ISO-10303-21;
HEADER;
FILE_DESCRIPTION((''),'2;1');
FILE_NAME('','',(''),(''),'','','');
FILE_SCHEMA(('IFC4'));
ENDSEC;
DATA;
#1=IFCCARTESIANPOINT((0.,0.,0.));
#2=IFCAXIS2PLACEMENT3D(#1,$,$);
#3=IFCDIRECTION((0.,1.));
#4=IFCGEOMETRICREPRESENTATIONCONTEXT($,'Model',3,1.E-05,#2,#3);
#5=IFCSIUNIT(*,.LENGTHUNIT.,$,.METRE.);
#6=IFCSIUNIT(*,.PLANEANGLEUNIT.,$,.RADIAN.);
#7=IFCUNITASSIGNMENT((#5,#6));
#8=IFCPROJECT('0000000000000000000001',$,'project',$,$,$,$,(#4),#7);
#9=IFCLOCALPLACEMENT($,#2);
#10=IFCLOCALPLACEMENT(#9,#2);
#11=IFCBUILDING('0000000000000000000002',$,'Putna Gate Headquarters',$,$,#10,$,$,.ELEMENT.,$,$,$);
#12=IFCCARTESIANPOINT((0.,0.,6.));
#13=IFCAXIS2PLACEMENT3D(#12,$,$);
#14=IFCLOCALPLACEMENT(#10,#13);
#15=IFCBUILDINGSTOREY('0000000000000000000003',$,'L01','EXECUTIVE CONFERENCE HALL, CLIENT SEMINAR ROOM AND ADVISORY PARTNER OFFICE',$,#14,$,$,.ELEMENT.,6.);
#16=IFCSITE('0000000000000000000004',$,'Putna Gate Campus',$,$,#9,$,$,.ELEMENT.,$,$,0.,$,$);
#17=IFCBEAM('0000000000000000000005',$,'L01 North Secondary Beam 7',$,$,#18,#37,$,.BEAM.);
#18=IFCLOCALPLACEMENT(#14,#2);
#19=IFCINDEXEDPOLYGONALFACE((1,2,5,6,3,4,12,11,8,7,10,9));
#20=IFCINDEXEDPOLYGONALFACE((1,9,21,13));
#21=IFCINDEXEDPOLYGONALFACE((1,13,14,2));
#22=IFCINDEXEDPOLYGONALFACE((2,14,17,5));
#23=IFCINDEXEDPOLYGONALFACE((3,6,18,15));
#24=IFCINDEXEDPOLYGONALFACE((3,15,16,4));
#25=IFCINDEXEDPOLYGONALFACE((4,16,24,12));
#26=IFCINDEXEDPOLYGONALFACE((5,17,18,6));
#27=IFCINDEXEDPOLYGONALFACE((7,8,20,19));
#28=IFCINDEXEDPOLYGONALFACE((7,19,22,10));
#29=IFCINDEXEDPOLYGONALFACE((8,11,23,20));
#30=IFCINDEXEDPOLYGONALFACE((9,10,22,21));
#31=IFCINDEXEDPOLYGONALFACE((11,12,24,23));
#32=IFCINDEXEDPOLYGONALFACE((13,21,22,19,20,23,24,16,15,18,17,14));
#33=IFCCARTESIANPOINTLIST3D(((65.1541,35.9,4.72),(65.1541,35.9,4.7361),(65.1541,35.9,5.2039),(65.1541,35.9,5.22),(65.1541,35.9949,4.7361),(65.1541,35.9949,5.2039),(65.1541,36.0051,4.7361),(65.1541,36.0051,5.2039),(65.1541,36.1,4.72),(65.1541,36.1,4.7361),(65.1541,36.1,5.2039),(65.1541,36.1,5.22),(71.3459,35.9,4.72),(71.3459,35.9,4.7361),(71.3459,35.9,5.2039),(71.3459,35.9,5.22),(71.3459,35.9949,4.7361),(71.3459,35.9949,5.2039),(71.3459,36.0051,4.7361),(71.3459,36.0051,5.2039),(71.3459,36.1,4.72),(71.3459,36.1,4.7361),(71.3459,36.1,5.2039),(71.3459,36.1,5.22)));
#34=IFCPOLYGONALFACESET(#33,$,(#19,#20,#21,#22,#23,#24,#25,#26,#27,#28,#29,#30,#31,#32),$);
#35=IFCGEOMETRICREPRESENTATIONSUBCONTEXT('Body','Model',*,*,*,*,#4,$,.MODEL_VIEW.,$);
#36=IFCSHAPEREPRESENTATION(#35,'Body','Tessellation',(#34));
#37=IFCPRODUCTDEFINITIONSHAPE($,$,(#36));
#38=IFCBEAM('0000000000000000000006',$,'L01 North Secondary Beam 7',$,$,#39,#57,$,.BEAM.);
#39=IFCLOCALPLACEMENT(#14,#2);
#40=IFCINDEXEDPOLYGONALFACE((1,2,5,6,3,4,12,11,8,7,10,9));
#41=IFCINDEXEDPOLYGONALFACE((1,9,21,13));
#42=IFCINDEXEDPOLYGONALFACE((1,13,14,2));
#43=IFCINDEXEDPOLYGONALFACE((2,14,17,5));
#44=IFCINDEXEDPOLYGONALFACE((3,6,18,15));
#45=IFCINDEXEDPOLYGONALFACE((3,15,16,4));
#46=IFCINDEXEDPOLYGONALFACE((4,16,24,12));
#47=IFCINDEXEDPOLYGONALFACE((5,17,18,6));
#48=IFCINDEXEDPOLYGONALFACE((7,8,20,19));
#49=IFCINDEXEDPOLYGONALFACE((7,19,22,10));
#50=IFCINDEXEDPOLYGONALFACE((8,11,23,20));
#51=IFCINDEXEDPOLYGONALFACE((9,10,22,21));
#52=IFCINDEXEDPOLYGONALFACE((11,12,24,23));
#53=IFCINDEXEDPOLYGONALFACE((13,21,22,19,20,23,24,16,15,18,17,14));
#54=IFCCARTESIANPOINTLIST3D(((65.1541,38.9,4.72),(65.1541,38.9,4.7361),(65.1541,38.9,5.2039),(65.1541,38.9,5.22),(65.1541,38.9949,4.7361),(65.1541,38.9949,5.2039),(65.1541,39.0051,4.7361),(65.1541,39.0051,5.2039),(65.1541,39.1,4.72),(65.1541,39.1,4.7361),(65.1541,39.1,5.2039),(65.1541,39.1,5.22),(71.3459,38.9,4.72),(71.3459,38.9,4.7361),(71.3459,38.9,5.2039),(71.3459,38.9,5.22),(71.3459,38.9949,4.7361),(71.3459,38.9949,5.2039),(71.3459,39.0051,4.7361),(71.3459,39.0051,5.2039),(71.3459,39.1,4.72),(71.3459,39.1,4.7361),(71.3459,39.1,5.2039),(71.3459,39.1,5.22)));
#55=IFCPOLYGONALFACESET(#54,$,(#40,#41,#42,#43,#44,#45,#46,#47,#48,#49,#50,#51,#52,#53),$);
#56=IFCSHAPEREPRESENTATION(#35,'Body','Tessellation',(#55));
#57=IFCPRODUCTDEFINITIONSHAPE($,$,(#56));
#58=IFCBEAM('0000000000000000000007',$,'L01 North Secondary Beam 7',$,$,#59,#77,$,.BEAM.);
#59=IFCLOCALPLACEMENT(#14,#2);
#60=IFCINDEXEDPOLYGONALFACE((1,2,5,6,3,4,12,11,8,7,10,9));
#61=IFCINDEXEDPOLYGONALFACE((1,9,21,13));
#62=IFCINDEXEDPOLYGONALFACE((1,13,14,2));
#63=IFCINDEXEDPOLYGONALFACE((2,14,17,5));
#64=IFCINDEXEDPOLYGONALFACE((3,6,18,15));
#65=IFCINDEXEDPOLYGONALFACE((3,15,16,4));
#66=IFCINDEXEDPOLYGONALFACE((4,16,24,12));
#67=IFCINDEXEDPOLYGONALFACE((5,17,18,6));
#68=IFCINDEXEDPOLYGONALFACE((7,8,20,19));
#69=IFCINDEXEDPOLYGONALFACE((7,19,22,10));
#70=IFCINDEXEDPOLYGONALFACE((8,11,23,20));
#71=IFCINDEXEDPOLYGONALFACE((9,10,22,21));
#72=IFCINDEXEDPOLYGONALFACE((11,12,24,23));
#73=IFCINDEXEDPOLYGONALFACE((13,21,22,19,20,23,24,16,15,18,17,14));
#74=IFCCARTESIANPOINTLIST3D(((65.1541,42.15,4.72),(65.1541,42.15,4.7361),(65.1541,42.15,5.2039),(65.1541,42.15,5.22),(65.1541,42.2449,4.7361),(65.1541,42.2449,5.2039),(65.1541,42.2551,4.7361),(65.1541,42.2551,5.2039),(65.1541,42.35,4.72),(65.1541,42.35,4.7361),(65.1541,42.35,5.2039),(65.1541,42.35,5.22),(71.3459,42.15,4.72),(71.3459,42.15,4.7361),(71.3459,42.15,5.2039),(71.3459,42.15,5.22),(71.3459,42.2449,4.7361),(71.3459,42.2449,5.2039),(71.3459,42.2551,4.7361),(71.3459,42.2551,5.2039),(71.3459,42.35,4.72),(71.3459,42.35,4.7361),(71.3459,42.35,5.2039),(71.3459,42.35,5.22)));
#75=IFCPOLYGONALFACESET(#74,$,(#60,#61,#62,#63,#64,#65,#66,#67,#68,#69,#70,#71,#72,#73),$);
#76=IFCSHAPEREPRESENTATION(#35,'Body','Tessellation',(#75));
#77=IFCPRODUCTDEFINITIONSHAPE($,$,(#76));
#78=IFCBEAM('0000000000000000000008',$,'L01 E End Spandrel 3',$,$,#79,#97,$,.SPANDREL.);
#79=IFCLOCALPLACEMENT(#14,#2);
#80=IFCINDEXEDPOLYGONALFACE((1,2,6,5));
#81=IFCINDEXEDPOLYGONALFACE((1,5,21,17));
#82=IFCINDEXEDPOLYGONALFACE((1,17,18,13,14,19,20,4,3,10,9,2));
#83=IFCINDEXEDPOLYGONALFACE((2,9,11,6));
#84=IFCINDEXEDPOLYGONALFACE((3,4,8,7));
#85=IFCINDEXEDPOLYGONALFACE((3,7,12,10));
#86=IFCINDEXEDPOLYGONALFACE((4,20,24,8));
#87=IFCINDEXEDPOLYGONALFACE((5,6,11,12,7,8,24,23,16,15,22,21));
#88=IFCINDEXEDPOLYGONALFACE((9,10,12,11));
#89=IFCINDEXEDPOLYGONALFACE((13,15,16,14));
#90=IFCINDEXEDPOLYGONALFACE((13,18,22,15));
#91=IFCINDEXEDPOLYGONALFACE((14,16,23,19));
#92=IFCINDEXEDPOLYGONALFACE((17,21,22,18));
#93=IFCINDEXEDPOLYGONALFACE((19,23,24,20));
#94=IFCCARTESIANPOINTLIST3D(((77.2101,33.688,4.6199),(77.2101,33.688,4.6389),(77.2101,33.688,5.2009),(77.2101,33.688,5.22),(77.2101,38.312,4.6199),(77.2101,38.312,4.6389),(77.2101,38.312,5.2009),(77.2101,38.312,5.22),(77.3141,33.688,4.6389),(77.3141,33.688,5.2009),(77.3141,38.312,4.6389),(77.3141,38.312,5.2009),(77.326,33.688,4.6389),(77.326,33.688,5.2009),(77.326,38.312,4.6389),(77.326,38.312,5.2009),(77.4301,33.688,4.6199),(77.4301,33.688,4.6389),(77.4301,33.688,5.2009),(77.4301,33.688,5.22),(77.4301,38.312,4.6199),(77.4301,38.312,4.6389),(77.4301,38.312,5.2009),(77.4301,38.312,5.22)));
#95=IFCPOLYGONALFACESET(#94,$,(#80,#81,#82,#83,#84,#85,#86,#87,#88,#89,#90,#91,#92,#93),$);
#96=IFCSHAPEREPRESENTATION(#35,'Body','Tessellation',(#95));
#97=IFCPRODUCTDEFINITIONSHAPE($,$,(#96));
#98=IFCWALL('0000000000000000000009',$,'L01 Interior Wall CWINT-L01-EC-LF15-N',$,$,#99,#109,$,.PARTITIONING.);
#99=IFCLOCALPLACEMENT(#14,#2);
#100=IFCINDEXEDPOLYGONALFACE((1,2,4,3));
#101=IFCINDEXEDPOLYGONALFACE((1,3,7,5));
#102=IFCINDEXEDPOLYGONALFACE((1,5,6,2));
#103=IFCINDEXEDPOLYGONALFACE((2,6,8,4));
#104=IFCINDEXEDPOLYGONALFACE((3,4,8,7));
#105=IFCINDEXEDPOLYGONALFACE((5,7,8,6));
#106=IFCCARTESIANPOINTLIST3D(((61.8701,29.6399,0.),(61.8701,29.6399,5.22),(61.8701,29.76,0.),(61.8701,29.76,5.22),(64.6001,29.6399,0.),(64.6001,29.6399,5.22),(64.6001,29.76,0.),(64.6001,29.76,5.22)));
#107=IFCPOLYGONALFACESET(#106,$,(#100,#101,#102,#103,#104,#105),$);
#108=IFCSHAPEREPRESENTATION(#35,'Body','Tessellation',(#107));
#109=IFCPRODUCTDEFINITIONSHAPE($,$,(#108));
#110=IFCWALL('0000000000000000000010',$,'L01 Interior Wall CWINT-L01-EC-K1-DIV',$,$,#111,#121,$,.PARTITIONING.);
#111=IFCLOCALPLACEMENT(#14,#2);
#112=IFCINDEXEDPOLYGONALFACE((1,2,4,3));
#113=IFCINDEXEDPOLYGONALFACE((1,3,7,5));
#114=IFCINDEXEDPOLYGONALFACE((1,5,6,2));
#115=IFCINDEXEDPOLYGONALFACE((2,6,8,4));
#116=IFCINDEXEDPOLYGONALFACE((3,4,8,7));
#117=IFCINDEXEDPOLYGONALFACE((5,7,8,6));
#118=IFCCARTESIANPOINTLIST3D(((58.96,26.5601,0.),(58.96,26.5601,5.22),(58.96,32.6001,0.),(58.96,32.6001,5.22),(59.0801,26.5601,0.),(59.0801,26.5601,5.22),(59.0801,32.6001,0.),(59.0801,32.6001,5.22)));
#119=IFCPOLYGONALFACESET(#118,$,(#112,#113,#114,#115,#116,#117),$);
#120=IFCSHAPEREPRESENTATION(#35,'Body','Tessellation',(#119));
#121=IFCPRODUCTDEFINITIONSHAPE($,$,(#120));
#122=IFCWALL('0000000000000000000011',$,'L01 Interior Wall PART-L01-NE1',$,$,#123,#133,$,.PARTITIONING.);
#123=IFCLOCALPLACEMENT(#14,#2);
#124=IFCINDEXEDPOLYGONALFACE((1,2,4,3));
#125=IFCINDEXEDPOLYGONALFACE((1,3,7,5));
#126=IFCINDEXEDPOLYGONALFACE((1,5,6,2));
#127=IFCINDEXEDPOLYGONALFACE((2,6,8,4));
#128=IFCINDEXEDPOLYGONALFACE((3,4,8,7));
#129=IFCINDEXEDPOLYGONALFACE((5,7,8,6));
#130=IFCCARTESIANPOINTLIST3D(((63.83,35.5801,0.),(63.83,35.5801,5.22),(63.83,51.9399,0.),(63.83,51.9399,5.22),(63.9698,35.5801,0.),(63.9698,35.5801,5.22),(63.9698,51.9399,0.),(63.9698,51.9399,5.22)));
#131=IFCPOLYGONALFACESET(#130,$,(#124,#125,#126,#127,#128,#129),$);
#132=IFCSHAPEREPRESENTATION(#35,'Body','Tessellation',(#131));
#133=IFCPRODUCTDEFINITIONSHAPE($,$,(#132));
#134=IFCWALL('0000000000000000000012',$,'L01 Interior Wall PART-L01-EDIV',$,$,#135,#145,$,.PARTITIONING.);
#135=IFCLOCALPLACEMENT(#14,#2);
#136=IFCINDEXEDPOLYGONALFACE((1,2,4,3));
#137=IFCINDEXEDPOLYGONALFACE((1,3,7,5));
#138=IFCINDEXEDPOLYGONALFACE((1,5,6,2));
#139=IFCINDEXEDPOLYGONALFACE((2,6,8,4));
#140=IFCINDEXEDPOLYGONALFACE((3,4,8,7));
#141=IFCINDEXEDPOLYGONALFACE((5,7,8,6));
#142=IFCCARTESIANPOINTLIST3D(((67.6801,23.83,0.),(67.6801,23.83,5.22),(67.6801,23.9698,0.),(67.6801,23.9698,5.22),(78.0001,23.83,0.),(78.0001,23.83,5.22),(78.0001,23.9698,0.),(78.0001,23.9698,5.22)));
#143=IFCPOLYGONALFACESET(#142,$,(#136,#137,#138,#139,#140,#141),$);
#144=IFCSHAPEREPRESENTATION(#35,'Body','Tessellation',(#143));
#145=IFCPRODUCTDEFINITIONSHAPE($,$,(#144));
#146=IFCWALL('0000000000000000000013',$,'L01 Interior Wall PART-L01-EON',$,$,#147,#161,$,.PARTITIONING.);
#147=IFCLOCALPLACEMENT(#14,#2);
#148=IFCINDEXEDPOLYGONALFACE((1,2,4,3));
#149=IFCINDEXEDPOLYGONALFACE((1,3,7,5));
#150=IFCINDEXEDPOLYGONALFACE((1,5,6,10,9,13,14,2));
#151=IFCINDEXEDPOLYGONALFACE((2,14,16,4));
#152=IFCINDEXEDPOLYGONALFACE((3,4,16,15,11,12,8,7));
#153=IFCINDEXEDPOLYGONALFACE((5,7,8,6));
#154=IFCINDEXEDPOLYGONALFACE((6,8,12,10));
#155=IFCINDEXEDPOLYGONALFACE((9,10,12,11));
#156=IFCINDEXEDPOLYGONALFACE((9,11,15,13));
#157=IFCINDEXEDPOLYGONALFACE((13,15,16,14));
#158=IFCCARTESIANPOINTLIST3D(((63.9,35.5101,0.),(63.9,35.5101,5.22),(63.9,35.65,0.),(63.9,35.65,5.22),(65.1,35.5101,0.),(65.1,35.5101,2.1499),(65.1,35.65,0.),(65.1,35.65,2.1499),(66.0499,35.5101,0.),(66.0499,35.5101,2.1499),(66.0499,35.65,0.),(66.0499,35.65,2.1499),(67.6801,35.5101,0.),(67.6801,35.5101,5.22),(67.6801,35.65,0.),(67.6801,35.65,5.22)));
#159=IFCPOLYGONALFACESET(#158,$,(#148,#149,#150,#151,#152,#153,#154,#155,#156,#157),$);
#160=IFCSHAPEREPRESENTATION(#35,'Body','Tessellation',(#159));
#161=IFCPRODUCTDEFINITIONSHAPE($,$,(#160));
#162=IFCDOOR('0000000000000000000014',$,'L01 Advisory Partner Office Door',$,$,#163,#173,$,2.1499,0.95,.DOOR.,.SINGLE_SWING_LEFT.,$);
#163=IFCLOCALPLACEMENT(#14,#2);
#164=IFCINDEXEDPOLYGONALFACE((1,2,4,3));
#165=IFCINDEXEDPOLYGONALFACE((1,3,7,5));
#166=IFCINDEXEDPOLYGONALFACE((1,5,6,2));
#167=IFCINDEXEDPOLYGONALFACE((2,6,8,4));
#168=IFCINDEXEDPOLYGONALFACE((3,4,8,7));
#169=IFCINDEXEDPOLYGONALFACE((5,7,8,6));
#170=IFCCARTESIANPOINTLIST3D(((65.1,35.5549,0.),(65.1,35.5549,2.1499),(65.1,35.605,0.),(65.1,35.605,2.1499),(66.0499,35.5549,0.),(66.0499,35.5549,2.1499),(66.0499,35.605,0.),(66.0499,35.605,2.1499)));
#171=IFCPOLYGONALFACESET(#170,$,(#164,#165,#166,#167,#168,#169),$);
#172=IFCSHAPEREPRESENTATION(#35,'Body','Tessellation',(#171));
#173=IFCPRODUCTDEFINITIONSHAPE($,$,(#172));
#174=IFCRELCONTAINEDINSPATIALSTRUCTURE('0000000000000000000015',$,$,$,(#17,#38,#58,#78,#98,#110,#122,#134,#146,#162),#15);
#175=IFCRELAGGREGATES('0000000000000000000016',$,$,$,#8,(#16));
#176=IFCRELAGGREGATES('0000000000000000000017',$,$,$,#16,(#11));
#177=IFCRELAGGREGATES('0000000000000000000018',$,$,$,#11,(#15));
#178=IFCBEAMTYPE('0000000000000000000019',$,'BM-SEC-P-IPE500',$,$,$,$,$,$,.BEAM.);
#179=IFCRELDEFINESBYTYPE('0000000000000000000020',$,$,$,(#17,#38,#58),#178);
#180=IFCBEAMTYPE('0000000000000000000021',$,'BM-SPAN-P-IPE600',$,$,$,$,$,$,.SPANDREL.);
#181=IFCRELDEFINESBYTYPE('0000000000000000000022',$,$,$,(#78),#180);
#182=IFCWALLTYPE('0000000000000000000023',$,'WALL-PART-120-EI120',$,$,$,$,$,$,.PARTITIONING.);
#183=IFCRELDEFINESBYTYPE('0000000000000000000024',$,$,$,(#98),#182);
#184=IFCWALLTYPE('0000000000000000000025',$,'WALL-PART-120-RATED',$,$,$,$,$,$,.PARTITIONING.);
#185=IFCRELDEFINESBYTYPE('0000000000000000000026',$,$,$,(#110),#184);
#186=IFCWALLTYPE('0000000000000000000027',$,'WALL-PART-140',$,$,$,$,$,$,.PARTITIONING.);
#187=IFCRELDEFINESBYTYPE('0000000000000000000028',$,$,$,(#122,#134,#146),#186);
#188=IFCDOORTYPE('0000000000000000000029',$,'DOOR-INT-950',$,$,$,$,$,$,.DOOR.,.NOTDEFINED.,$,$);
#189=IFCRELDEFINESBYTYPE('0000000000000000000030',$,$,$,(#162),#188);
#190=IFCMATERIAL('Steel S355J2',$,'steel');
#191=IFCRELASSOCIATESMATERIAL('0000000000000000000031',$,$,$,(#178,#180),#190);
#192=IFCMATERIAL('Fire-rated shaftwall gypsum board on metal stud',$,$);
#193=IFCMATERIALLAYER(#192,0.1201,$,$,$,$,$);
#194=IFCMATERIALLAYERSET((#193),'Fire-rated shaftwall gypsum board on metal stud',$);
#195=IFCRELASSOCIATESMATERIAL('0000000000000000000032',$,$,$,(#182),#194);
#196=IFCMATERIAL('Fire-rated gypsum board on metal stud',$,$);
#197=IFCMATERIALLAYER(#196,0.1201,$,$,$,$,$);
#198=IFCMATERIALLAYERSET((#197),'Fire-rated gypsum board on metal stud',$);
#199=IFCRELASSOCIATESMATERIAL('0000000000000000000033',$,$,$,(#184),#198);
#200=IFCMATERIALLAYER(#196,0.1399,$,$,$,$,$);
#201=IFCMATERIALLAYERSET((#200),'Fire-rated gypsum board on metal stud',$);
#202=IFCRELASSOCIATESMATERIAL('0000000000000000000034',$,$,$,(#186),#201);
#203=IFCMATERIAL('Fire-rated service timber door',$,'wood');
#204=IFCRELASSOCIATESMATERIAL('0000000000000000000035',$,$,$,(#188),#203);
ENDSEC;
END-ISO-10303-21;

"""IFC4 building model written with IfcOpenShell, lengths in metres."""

from ifc_helpers import new_model, si_unit, direction, frame, frame_2d, origin, origin_2d, place, context, subcontext, project, spatial, rectangle, i_section, extrude, material, layer, layer_set, material_profile, profile_set, type_object, element, fill, save


model = new_model("IFC4")

# Units and contexts
model_context = context("Model", 3, precision=1e-05, world=origin(), true_north=direction((0.0, 1.0)))
body_context = subcontext(model_context, "Body", "Model", "MODEL_VIEW")
ifc_project = project(units=[si_unit("LENGTHUNIT", "METRE"), si_unit("PLANEANGLEUNIT", "RADIAN")], contexts=[model_context])

# Site, building, storey
site_placement = place(None, origin())
site = spatial("IfcSite", under=ifc_project, at=site_placement, Name="Putna Gate Campus", CompositionType="ELEMENT", RefElevation=0.0)
building_placement = place(site_placement, origin())
building = spatial("IfcBuilding", under=site, at=building_placement, Name="Putna Gate Headquarters", CompositionType="ELEMENT")
storey_placement = place(building_placement, frame((0.0, 0.0, 6.0)))
storey = spatial("IfcBuildingStorey", under=building, at=storey_placement, Name="L01", Description="EXECUTIVE CONFERENCE HALL, CLIENT SEMINAR ROOM AND ADVISORY PARTNER OFFICE", CompositionType="ELEMENT", Elevation=6.0)

# Beams
ifc_material_1 = material(Name="Steel S355J2", Category="steel")
ifc_material_profile_1 = material_profile(ifc_material_1, i_section(OverallWidth=0.2, OverallDepth=0.5, WebThickness=0.0103, FlangeThickness=0.0161, at=origin_2d()), Name="Steel S355J2")
ifc_profile_set_1 = profile_set([ifc_material_profile_1], Name="Steel S355J2")
beam_type_1 = type_object("IfcBeamType", Name="BM-SEC-P-IPE500", PredefinedType="BEAM", material=ifc_profile_set_1)
for number, where, z_axis, x_axis, name in (
    (1, (65.1541, 36.0, 4.97), (1.0, 0.0, 0.0), (0.0, 1.0, 0.0), "L01 North Secondary Beam 7"),
    (2, (65.1541, 39.0, 4.97), (1.0, 0.0, 0.0), (0.0, 1.0, 0.0), "L01 North Secondary Beam 7"),
    (3, (65.1541, 42.25, 4.97), (1.0, 0.0, 0.0), (0.0, 1.0, 0.0), "L01 North Secondary Beam 7"),
):
    element("IfcBeam", number, at=place(storey_placement, frame(where, z_axis=z_axis, x_axis=x_axis)), inside=storey, type_object=beam_type_1, Name=name, PredefinedType="BEAM", context=body_context, shape_type="SweptSolid", body=[
        extrude(i_section(OverallWidth=0.2, OverallDepth=0.5, WebThickness=0.0103, FlangeThickness=0.0161, at=origin_2d()), origin(), (0.0, 0.0, 1.0), 6.1919),
    ])
ifc_material_profile_2 = material_profile(ifc_material_1, i_section(OverallWidth=0.22, OverallDepth=0.6001, WebThickness=0.012, FlangeThickness=0.019, at=origin_2d()), Name="Steel S355J2")
ifc_profile_set_2 = profile_set([ifc_material_profile_2], Name="Steel S355J2")
beam_type_2 = type_object("IfcBeamType", Name="BM-SPAN-P-IPE600", PredefinedType="SPANDREL", material=ifc_profile_set_2)
beam_1_placement = place(storey_placement, frame((77.3201, 33.688, 4.9199), z_axis=(0.0, 1.0, 0.0), x_axis=(-1.0, 0.0, 0.0)))
element("IfcBeam", 4, at=beam_1_placement, inside=storey, type_object=beam_type_2, Name="L01 E End Spandrel 3", PredefinedType="SPANDREL", context=body_context, shape_type="SweptSolid", body=[
    extrude(i_section(OverallWidth=0.22, OverallDepth=0.6001, WebThickness=0.012, FlangeThickness=0.019, at=origin_2d()), origin(), (0.0, 0.0, 1.0), 4.624),
])

# Walls
ifc_material_2 = material(Name="Fire-rated shaftwall gypsum board on metal stud")
ifc_layer_1 = layer(ifc_material_2, 0.1201)
ifc_layer_set_1 = layer_set([ifc_layer_1], Name="Fire-rated shaftwall gypsum board on metal stud")
wall_type_1 = type_object("IfcWallType", Name="WALL-PART-120-EI120", PredefinedType="PARTITIONING", material=ifc_layer_set_1)
wall_1_placement = place(storey_placement, frame((61.8701, 29.7, 0.0), z_axis=(0.0, 0.0, 1.0), x_axis=(1.0, 0.0, 0.0)))
element("IfcWall", 5, at=wall_1_placement, inside=storey, type_object=wall_type_1, Name="L01 Interior Wall CWINT-L01-EC-LF15-N", PredefinedType="PARTITIONING", context=body_context, shape_type="SweptSolid", body=[
    extrude(rectangle(XDim=2.73, YDim=0.1201, at=frame_2d((1.365, 0.0))), origin(), (0.0, 0.0, 1.0), 5.22),
])
ifc_material_3 = material(Name="Fire-rated gypsum board on metal stud")
ifc_layer_2 = layer(ifc_material_3, 0.1201)
ifc_layer_set_2 = layer_set([ifc_layer_2], Name="Fire-rated gypsum board on metal stud")
wall_type_2 = type_object("IfcWallType", Name="WALL-PART-120-RATED", PredefinedType="PARTITIONING", material=ifc_layer_set_2)
wall_2_placement = place(storey_placement, frame((59.02, 26.5601, 0.0), z_axis=(0.0, 0.0, 1.0), x_axis=(0.0, 1.0, 0.0)))
element("IfcWall", 6, at=wall_2_placement, inside=storey, type_object=wall_type_2, Name="L01 Interior Wall CWINT-L01-EC-K1-DIV", PredefinedType="PARTITIONING", context=body_context, shape_type="SweptSolid", body=[
    extrude(rectangle(XDim=6.04, YDim=0.1201, at=frame_2d((3.02, 0.0))), origin(), (0.0, 0.0, 1.0), 5.22),
])
ifc_layer_3 = layer(ifc_material_3, 0.1399)
ifc_layer_set_3 = layer_set([ifc_layer_3], Name="Fire-rated gypsum board on metal stud")
wall_type_3 = type_object("IfcWallType", Name="WALL-PART-140", PredefinedType="PARTITIONING", material=ifc_layer_set_3)
wall_3_placement = place(storey_placement, frame((63.8999, 35.5801, 0.0), z_axis=(0.0, 0.0, 1.0), x_axis=(0.0, 1.0, 0.0)))
element("IfcWall", 7, at=wall_3_placement, inside=storey, type_object=wall_type_3, Name="L01 Interior Wall PART-L01-NE1", PredefinedType="PARTITIONING", context=body_context, shape_type="SweptSolid", body=[
    extrude(rectangle(XDim=16.3599, YDim=0.1399, at=frame_2d((8.1799, 0.0))), origin(), (0.0, 0.0, 1.0), 5.22),
])
wall_4_placement = place(storey_placement, frame((67.6799, 23.8999, 0.0), z_axis=(0.0, 0.0, 1.0), x_axis=(1.0, 0.0, 0.0)))
element("IfcWall", 8, at=wall_4_placement, inside=storey, type_object=wall_type_3, Name="L01 Interior Wall PART-L01-EDIV", PredefinedType="PARTITIONING", context=body_context, shape_type="SweptSolid", body=[
    extrude(rectangle(XDim=10.3201, YDim=0.1399, at=frame_2d((5.1602, 0.0))), origin(), (0.0, 0.0, 1.0), 5.22),
])

# Wall, opening, door
wall_5_placement = place(storey_placement, frame((63.8999, 35.5801, 0.0), z_axis=(0.0, 0.0, 1.0), x_axis=(1.0, 0.0, 0.0)))
wall_5 = element("IfcWall", 9, at=wall_5_placement, inside=storey, type_object=wall_type_3, Name="L01 Interior Wall PART-L01-EON", PredefinedType="PARTITIONING", context=body_context, shape_type="SweptSolid", body=[
    extrude(rectangle(XDim=3.78, YDim=0.1399, at=frame_2d((1.8901, 0.0))), origin(), (0.0, 0.0, 1.0), 5.22),
])
opening_1_placement = place(wall_5_placement, frame((1.2, 0.0, 0.0)))
opening_1 = element("IfcOpeningElement", 10, at=opening_1_placement, cuts=wall_5, PredefinedType="OPENING", context=body_context, shape_type="SweptSolid", body=[
    extrude(rectangle(XDim=0.95, YDim=2.1499, at=frame_2d((0.4751, 1.075))), frame((0.0, 0.0798, 0.0), z_axis=(0.0, -1.0, 0.0), x_axis=(1.0, 0.0, 0.0)), (0.0, 0.0, 1.0), 0.1599),
])
ifc_material_4 = material(Name="Fire-rated service timber door", Category="wood")
door_type_1 = type_object("IfcDoorType", Name="DOOR-INT-950", OperationType="NOTDEFINED", PredefinedType="DOOR", material=ifc_material_4)
door_1_placement = place(opening_1_placement, origin())
door_1 = element("IfcDoor", 11, at=door_1_placement, inside=storey, type_object=door_type_1, Name="L01 Advisory Partner Office Door", OperationType="SINGLE_SWING_LEFT", OverallHeight=2.1499, OverallWidth=0.95, PredefinedType="DOOR", context=body_context, shape_type="SweptSolid", body=[
    extrude(rectangle(XDim=0.95, YDim=2.1499, at=frame_2d((0.4751, 1.075))), frame((0.0, 0.0249, 0.0), z_axis=(0.0, -1.0, 0.0), x_axis=(1.0, 0.0, 0.0)), (0.0, 0.0, 1.0), 0.05),
])
fill(opening_1, door_1)

save(model, "model.ifc")
